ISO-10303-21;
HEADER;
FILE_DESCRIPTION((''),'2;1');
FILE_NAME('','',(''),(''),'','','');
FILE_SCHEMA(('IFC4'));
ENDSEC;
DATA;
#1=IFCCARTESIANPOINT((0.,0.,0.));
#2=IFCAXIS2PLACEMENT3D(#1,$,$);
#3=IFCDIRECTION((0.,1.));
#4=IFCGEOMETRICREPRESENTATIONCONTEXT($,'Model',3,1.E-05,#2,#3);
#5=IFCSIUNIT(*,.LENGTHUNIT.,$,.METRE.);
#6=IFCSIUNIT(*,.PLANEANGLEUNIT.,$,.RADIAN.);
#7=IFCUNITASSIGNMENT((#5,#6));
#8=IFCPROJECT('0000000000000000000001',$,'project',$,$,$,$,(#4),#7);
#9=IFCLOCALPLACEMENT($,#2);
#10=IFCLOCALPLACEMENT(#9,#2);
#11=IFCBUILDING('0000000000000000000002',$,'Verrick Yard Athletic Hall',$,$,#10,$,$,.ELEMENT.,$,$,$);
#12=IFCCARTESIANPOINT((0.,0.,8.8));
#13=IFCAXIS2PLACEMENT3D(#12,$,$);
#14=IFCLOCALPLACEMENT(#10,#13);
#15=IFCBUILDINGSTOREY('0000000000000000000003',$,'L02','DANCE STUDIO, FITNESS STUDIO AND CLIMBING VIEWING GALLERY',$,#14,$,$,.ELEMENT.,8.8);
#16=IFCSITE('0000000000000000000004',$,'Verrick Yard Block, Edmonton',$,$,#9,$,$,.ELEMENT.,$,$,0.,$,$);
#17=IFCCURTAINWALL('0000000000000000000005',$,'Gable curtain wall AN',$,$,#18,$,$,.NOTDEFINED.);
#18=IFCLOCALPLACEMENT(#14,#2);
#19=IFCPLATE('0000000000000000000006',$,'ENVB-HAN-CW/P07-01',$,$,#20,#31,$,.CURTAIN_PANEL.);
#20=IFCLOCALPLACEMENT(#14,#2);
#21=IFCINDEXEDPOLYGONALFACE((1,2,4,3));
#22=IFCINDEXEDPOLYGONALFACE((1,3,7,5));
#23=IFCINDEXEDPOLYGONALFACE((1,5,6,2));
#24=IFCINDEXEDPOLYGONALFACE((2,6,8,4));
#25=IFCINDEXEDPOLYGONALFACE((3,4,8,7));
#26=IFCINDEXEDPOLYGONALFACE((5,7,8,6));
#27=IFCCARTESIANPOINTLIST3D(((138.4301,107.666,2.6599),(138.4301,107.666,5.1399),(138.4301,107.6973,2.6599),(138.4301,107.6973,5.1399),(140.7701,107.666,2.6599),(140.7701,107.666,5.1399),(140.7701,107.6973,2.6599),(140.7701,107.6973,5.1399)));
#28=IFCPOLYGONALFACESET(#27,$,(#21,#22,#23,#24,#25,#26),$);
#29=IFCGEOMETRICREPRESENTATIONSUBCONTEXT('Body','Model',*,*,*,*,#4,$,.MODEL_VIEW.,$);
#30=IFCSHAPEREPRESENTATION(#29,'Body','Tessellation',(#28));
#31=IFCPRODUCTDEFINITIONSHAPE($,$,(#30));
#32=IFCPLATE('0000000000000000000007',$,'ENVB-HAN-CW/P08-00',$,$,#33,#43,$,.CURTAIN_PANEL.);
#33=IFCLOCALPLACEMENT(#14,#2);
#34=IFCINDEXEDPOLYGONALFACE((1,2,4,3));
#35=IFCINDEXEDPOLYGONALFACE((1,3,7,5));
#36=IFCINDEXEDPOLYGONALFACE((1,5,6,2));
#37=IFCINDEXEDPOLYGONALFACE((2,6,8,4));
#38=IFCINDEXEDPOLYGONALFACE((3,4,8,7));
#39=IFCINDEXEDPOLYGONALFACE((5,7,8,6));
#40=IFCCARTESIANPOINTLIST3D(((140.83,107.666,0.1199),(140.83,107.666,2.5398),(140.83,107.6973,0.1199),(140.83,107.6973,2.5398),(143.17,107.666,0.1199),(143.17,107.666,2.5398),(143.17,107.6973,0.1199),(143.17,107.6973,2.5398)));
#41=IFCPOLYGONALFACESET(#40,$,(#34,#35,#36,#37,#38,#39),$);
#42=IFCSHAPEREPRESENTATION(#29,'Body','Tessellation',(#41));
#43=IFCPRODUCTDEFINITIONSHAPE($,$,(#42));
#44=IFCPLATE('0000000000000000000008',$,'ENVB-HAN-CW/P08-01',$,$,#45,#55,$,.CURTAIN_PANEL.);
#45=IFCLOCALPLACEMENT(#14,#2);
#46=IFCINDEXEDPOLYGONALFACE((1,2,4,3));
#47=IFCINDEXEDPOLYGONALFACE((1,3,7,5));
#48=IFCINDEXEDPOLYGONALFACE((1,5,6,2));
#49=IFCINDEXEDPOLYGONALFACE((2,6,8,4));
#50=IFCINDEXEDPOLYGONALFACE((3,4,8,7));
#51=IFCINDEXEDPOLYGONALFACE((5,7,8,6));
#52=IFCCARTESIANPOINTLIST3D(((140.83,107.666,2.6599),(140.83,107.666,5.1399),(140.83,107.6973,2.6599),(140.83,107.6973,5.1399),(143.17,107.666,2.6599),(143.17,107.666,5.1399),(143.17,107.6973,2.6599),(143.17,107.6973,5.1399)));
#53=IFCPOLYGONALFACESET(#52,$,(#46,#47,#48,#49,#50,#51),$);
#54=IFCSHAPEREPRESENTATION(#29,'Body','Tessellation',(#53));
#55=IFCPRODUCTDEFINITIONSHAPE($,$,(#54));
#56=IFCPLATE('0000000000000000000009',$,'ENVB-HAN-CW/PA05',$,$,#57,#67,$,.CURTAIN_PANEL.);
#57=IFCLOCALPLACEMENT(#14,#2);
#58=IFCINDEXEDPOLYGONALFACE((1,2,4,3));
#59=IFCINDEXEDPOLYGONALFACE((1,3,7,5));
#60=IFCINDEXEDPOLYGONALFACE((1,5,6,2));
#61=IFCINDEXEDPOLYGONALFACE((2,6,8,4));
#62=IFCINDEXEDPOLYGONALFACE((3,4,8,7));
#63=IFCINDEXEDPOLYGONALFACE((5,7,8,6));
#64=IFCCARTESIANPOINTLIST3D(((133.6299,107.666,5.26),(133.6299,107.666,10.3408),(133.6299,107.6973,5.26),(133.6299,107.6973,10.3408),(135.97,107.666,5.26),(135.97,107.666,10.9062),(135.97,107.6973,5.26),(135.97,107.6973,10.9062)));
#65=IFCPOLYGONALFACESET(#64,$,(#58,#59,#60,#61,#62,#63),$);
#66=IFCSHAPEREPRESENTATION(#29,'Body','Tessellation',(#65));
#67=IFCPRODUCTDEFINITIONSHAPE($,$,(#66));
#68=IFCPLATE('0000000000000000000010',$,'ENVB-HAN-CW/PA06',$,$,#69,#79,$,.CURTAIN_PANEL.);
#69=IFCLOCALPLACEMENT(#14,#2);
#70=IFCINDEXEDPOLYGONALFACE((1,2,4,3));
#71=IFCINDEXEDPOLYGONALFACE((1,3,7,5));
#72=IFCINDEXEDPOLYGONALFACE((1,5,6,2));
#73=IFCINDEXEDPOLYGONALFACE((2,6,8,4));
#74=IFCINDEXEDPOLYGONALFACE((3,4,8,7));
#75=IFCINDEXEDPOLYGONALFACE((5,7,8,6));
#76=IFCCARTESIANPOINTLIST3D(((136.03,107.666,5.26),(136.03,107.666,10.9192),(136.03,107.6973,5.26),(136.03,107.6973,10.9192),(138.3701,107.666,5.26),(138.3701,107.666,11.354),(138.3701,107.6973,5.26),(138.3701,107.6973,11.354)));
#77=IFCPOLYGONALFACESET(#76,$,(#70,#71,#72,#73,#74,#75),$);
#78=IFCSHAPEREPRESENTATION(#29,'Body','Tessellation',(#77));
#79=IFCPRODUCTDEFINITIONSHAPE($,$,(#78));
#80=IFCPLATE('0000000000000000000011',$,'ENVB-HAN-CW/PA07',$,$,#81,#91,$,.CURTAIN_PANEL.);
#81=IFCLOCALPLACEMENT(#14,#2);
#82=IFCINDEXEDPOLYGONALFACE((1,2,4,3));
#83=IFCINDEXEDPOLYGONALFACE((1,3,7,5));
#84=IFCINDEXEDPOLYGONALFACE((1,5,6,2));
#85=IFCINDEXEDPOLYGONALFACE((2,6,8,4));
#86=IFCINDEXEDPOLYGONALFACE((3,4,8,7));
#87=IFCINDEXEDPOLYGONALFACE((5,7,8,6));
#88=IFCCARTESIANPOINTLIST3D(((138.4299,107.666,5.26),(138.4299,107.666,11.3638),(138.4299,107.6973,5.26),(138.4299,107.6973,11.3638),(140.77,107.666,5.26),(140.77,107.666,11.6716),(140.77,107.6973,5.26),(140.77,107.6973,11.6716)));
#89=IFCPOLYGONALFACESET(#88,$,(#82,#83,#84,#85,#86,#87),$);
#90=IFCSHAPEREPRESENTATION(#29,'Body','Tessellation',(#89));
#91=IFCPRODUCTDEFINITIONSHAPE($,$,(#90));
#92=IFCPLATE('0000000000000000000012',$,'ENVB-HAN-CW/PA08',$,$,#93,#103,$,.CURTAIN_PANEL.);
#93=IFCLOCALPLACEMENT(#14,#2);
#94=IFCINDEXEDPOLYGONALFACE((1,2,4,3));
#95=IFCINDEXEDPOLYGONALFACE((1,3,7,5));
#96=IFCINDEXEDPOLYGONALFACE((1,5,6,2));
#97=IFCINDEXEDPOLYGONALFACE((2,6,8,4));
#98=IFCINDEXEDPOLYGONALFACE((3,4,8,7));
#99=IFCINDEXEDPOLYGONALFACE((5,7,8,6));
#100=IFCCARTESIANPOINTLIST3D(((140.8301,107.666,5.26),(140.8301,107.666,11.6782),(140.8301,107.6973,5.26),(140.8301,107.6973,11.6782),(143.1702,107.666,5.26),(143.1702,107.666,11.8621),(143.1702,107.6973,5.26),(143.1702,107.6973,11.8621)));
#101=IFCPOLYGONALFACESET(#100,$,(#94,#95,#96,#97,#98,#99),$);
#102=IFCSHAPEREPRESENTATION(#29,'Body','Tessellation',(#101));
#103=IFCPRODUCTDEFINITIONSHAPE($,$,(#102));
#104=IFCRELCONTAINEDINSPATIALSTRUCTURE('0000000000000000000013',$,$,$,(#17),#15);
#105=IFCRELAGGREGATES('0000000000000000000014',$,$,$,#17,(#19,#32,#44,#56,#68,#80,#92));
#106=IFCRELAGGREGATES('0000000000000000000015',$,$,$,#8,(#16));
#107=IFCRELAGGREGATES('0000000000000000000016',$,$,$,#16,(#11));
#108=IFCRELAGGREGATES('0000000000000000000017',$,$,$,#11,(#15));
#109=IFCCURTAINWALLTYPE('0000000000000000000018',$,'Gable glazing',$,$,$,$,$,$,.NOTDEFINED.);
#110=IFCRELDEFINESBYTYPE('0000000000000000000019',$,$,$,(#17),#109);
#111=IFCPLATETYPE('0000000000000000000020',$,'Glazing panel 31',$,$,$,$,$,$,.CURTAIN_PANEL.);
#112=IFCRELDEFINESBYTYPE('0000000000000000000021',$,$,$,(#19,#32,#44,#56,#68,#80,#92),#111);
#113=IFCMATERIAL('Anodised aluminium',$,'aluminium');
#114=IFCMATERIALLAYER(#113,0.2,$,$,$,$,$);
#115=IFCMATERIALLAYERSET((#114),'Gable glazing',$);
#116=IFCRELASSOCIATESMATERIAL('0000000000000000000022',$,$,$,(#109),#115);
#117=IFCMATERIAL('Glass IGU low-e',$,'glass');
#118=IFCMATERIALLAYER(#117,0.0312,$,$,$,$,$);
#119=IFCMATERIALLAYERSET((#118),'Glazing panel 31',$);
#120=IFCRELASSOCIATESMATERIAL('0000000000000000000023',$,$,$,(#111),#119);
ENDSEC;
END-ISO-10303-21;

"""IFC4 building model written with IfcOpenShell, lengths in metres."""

from ifc_helpers import new_model, si_unit, direction, frame, origin, origin_2d, place, context, subcontext, project, spatial, polyline, rectangle, outline, extrude, material, layer, layer_set, type_object, element, aggregate, save


model = new_model("IFC4")

# Units and contexts
model_context = context("Model", 3, precision=1e-05, world=origin(), true_north=direction((0.0, 1.0)))
body_context = subcontext(model_context, "Body", "Model", "MODEL_VIEW")
ifc_project = project(units=[si_unit("LENGTHUNIT", "METRE"), si_unit("PLANEANGLEUNIT", "RADIAN")], contexts=[model_context])

# Site, building, storey
site_placement = place(None, origin())
site = spatial("IfcSite", under=ifc_project, at=site_placement, Name="Verrick Yard Block, Edmonton", CompositionType="ELEMENT", RefElevation=0.0)
building_placement = place(site_placement, origin())
building = spatial("IfcBuilding", under=site, at=building_placement, Name="Verrick Yard Athletic Hall", CompositionType="ELEMENT")
storey_placement = place(building_placement, frame((0.0, 0.0, 8.8)))
storey = spatial("IfcBuildingStorey", under=building, at=storey_placement, Name="L02", Description="DANCE STUDIO, FITNESS STUDIO AND CLIMBING VIEWING GALLERY", CompositionType="ELEMENT", Elevation=8.8)

# Curtain wall
ifc_material_1 = material(Name="Anodised aluminium", Category="aluminium")
ifc_layer_1 = layer(ifc_material_1, 0.2)
ifc_layer_set_1 = layer_set([ifc_layer_1], Name="Gable glazing")
curtain_wall_type = type_object("IfcCurtainWallType", Name="Gable glazing", PredefinedType="NOTDEFINED", material=ifc_layer_set_1)
curtain_wall_placement = place(storey_placement, origin())
curtain_wall = element("IfcCurtainWall", 1, at=curtain_wall_placement, inside=storey, type_object=curtain_wall_type, Name="Gable curtain wall AN", PredefinedType="NOTDEFINED")

# Plates
ifc_material_2 = material(Name="Glass IGU low-e", Category="glass")
ifc_layer_2 = layer(ifc_material_2, 0.0312)
ifc_layer_set_2 = layer_set([ifc_layer_2], Name="Glazing panel 31")
plate_type = type_object("IfcPlateType", Name="Glazing panel 31", PredefinedType="CURTAIN_PANEL", material=ifc_layer_set_2)
plate_1_placement = place(storey_placement, frame((139.6001, 107.6816, 2.6599), z_axis=(0.0, 0.0, 1.0), x_axis=(1.0, 0.0, 0.0)))
plate_1 = element("IfcPlate", 2, at=plate_1_placement, type_object=plate_type, Name="ENVB-HAN-CW/P07-01", PredefinedType="CURTAIN_PANEL", context=body_context, shape_type="SweptSolid", body=[
    extrude(rectangle(XDim=2.3401, YDim=0.0312, at=origin_2d()), origin(), (0.0, 0.0, 1.0), 2.48),
])
plate_2_placement = place(storey_placement, frame((142.0, 107.6816, 0.1199), z_axis=(0.0, 0.0, 1.0), x_axis=(1.0, 0.0, 0.0)))
plate_2 = element("IfcPlate", 3, at=plate_2_placement, type_object=plate_type, Name="ENVB-HAN-CW/P08-00", PredefinedType="CURTAIN_PANEL", context=body_context, shape_type="SweptSolid", body=[
    extrude(rectangle(XDim=2.3401, YDim=0.0312, at=origin_2d()), origin(), (0.0, 0.0, 1.0), 2.4199),
])
plate_3_placement = place(storey_placement, frame((142.0, 107.6816, 2.6599), z_axis=(0.0, 0.0, 1.0), x_axis=(1.0, 0.0, 0.0)))
plate_3 = element("IfcPlate", 4, at=plate_3_placement, type_object=plate_type, Name="ENVB-HAN-CW/P08-01", PredefinedType="CURTAIN_PANEL", context=body_context, shape_type="SweptSolid", body=[
    extrude(rectangle(XDim=2.3401, YDim=0.0312, at=origin_2d()), origin(), (0.0, 0.0, 1.0), 2.48),
])
plate_4_placement = place(storey_placement, frame((133.6299, 107.6816, 5.26), z_axis=(0.0, 0.0, 1.0), x_axis=(1.0, 0.0, 0.0)))
plate_4 = element("IfcPlate", 5, at=plate_4_placement, type_object=plate_type, Name="ENVB-HAN-CW/PA05", PredefinedType="CURTAIN_PANEL", context=body_context, shape_type="SweptSolid", body=[
    extrude(outline(polyline([(0.0, 5.0808), (2.3401, 5.6462), (2.3401, 0.0), (0.0, 0.0), (0.0, 5.0808)])), frame((0.0, 0.0156, 0.0), z_axis=(0.0, -1.0, 0.0), x_axis=(1.0, 0.0, 0.0)), (0.0, 0.0, 1.0), 0.0312),
])
plate_5_placement = place(storey_placement, frame((136.03, 107.6816, 5.26), z_axis=(0.0, 0.0, 1.0), x_axis=(1.0, 0.0, 0.0)))
plate_5 = element("IfcPlate", 6, at=plate_5_placement, type_object=plate_type, Name="ENVB-HAN-CW/PA06", PredefinedType="CURTAIN_PANEL", context=body_context, shape_type="SweptSolid", body=[
    extrude(outline(polyline([(0.0, 5.6592), (2.3401, 6.094), (2.3401, 0.0), (0.0, 0.0), (0.0, 5.6592)])), frame((0.0, 0.0156, 0.0), z_axis=(0.0, -1.0, 0.0), x_axis=(1.0, 0.0, 0.0)), (0.0, 0.0, 1.0), 0.0312),
])
plate_6_placement = place(storey_placement, frame((138.4299, 107.6816, 5.26), z_axis=(0.0, 0.0, 1.0), x_axis=(1.0, 0.0, 0.0)))
plate_6 = element("IfcPlate", 7, at=plate_6_placement, type_object=plate_type, Name="ENVB-HAN-CW/PA07", PredefinedType="CURTAIN_PANEL", context=body_context, shape_type="SweptSolid", body=[
    extrude(outline(polyline([(0.0, 6.1038), (2.3401, 6.4116), (2.3401, 0.0), (0.0, 0.0), (0.0, 6.1038)])), frame((0.0, 0.0156, 0.0), z_axis=(0.0, -1.0, 0.0), x_axis=(1.0, 0.0, 0.0)), (0.0, 0.0, 1.0), 0.0312),
])
plate_7_placement = place(storey_placement, frame((140.8301, 107.6816, 5.26), z_axis=(0.0, 0.0, 1.0), x_axis=(1.0, 0.0, 0.0)))
plate_7 = element("IfcPlate", 8, at=plate_7_placement, type_object=plate_type, Name="ENVB-HAN-CW/PA08", PredefinedType="CURTAIN_PANEL", context=body_context, shape_type="SweptSolid", body=[
    extrude(outline(polyline([(0.0, 6.4182), (2.3401, 6.6021), (2.3401, 0.0), (0.0, 0.0), (0.0, 6.4182)])), frame((0.0, 0.0156, 0.0), z_axis=(0.0, -1.0, 0.0), x_axis=(1.0, 0.0, 0.0)), (0.0, 0.0, 1.0), 0.0312),
])
aggregate(curtain_wall, [plate_1, plate_2, plate_3, plate_4, plate_5, plate_6, plate_7])

save(model, "model.ifc")
